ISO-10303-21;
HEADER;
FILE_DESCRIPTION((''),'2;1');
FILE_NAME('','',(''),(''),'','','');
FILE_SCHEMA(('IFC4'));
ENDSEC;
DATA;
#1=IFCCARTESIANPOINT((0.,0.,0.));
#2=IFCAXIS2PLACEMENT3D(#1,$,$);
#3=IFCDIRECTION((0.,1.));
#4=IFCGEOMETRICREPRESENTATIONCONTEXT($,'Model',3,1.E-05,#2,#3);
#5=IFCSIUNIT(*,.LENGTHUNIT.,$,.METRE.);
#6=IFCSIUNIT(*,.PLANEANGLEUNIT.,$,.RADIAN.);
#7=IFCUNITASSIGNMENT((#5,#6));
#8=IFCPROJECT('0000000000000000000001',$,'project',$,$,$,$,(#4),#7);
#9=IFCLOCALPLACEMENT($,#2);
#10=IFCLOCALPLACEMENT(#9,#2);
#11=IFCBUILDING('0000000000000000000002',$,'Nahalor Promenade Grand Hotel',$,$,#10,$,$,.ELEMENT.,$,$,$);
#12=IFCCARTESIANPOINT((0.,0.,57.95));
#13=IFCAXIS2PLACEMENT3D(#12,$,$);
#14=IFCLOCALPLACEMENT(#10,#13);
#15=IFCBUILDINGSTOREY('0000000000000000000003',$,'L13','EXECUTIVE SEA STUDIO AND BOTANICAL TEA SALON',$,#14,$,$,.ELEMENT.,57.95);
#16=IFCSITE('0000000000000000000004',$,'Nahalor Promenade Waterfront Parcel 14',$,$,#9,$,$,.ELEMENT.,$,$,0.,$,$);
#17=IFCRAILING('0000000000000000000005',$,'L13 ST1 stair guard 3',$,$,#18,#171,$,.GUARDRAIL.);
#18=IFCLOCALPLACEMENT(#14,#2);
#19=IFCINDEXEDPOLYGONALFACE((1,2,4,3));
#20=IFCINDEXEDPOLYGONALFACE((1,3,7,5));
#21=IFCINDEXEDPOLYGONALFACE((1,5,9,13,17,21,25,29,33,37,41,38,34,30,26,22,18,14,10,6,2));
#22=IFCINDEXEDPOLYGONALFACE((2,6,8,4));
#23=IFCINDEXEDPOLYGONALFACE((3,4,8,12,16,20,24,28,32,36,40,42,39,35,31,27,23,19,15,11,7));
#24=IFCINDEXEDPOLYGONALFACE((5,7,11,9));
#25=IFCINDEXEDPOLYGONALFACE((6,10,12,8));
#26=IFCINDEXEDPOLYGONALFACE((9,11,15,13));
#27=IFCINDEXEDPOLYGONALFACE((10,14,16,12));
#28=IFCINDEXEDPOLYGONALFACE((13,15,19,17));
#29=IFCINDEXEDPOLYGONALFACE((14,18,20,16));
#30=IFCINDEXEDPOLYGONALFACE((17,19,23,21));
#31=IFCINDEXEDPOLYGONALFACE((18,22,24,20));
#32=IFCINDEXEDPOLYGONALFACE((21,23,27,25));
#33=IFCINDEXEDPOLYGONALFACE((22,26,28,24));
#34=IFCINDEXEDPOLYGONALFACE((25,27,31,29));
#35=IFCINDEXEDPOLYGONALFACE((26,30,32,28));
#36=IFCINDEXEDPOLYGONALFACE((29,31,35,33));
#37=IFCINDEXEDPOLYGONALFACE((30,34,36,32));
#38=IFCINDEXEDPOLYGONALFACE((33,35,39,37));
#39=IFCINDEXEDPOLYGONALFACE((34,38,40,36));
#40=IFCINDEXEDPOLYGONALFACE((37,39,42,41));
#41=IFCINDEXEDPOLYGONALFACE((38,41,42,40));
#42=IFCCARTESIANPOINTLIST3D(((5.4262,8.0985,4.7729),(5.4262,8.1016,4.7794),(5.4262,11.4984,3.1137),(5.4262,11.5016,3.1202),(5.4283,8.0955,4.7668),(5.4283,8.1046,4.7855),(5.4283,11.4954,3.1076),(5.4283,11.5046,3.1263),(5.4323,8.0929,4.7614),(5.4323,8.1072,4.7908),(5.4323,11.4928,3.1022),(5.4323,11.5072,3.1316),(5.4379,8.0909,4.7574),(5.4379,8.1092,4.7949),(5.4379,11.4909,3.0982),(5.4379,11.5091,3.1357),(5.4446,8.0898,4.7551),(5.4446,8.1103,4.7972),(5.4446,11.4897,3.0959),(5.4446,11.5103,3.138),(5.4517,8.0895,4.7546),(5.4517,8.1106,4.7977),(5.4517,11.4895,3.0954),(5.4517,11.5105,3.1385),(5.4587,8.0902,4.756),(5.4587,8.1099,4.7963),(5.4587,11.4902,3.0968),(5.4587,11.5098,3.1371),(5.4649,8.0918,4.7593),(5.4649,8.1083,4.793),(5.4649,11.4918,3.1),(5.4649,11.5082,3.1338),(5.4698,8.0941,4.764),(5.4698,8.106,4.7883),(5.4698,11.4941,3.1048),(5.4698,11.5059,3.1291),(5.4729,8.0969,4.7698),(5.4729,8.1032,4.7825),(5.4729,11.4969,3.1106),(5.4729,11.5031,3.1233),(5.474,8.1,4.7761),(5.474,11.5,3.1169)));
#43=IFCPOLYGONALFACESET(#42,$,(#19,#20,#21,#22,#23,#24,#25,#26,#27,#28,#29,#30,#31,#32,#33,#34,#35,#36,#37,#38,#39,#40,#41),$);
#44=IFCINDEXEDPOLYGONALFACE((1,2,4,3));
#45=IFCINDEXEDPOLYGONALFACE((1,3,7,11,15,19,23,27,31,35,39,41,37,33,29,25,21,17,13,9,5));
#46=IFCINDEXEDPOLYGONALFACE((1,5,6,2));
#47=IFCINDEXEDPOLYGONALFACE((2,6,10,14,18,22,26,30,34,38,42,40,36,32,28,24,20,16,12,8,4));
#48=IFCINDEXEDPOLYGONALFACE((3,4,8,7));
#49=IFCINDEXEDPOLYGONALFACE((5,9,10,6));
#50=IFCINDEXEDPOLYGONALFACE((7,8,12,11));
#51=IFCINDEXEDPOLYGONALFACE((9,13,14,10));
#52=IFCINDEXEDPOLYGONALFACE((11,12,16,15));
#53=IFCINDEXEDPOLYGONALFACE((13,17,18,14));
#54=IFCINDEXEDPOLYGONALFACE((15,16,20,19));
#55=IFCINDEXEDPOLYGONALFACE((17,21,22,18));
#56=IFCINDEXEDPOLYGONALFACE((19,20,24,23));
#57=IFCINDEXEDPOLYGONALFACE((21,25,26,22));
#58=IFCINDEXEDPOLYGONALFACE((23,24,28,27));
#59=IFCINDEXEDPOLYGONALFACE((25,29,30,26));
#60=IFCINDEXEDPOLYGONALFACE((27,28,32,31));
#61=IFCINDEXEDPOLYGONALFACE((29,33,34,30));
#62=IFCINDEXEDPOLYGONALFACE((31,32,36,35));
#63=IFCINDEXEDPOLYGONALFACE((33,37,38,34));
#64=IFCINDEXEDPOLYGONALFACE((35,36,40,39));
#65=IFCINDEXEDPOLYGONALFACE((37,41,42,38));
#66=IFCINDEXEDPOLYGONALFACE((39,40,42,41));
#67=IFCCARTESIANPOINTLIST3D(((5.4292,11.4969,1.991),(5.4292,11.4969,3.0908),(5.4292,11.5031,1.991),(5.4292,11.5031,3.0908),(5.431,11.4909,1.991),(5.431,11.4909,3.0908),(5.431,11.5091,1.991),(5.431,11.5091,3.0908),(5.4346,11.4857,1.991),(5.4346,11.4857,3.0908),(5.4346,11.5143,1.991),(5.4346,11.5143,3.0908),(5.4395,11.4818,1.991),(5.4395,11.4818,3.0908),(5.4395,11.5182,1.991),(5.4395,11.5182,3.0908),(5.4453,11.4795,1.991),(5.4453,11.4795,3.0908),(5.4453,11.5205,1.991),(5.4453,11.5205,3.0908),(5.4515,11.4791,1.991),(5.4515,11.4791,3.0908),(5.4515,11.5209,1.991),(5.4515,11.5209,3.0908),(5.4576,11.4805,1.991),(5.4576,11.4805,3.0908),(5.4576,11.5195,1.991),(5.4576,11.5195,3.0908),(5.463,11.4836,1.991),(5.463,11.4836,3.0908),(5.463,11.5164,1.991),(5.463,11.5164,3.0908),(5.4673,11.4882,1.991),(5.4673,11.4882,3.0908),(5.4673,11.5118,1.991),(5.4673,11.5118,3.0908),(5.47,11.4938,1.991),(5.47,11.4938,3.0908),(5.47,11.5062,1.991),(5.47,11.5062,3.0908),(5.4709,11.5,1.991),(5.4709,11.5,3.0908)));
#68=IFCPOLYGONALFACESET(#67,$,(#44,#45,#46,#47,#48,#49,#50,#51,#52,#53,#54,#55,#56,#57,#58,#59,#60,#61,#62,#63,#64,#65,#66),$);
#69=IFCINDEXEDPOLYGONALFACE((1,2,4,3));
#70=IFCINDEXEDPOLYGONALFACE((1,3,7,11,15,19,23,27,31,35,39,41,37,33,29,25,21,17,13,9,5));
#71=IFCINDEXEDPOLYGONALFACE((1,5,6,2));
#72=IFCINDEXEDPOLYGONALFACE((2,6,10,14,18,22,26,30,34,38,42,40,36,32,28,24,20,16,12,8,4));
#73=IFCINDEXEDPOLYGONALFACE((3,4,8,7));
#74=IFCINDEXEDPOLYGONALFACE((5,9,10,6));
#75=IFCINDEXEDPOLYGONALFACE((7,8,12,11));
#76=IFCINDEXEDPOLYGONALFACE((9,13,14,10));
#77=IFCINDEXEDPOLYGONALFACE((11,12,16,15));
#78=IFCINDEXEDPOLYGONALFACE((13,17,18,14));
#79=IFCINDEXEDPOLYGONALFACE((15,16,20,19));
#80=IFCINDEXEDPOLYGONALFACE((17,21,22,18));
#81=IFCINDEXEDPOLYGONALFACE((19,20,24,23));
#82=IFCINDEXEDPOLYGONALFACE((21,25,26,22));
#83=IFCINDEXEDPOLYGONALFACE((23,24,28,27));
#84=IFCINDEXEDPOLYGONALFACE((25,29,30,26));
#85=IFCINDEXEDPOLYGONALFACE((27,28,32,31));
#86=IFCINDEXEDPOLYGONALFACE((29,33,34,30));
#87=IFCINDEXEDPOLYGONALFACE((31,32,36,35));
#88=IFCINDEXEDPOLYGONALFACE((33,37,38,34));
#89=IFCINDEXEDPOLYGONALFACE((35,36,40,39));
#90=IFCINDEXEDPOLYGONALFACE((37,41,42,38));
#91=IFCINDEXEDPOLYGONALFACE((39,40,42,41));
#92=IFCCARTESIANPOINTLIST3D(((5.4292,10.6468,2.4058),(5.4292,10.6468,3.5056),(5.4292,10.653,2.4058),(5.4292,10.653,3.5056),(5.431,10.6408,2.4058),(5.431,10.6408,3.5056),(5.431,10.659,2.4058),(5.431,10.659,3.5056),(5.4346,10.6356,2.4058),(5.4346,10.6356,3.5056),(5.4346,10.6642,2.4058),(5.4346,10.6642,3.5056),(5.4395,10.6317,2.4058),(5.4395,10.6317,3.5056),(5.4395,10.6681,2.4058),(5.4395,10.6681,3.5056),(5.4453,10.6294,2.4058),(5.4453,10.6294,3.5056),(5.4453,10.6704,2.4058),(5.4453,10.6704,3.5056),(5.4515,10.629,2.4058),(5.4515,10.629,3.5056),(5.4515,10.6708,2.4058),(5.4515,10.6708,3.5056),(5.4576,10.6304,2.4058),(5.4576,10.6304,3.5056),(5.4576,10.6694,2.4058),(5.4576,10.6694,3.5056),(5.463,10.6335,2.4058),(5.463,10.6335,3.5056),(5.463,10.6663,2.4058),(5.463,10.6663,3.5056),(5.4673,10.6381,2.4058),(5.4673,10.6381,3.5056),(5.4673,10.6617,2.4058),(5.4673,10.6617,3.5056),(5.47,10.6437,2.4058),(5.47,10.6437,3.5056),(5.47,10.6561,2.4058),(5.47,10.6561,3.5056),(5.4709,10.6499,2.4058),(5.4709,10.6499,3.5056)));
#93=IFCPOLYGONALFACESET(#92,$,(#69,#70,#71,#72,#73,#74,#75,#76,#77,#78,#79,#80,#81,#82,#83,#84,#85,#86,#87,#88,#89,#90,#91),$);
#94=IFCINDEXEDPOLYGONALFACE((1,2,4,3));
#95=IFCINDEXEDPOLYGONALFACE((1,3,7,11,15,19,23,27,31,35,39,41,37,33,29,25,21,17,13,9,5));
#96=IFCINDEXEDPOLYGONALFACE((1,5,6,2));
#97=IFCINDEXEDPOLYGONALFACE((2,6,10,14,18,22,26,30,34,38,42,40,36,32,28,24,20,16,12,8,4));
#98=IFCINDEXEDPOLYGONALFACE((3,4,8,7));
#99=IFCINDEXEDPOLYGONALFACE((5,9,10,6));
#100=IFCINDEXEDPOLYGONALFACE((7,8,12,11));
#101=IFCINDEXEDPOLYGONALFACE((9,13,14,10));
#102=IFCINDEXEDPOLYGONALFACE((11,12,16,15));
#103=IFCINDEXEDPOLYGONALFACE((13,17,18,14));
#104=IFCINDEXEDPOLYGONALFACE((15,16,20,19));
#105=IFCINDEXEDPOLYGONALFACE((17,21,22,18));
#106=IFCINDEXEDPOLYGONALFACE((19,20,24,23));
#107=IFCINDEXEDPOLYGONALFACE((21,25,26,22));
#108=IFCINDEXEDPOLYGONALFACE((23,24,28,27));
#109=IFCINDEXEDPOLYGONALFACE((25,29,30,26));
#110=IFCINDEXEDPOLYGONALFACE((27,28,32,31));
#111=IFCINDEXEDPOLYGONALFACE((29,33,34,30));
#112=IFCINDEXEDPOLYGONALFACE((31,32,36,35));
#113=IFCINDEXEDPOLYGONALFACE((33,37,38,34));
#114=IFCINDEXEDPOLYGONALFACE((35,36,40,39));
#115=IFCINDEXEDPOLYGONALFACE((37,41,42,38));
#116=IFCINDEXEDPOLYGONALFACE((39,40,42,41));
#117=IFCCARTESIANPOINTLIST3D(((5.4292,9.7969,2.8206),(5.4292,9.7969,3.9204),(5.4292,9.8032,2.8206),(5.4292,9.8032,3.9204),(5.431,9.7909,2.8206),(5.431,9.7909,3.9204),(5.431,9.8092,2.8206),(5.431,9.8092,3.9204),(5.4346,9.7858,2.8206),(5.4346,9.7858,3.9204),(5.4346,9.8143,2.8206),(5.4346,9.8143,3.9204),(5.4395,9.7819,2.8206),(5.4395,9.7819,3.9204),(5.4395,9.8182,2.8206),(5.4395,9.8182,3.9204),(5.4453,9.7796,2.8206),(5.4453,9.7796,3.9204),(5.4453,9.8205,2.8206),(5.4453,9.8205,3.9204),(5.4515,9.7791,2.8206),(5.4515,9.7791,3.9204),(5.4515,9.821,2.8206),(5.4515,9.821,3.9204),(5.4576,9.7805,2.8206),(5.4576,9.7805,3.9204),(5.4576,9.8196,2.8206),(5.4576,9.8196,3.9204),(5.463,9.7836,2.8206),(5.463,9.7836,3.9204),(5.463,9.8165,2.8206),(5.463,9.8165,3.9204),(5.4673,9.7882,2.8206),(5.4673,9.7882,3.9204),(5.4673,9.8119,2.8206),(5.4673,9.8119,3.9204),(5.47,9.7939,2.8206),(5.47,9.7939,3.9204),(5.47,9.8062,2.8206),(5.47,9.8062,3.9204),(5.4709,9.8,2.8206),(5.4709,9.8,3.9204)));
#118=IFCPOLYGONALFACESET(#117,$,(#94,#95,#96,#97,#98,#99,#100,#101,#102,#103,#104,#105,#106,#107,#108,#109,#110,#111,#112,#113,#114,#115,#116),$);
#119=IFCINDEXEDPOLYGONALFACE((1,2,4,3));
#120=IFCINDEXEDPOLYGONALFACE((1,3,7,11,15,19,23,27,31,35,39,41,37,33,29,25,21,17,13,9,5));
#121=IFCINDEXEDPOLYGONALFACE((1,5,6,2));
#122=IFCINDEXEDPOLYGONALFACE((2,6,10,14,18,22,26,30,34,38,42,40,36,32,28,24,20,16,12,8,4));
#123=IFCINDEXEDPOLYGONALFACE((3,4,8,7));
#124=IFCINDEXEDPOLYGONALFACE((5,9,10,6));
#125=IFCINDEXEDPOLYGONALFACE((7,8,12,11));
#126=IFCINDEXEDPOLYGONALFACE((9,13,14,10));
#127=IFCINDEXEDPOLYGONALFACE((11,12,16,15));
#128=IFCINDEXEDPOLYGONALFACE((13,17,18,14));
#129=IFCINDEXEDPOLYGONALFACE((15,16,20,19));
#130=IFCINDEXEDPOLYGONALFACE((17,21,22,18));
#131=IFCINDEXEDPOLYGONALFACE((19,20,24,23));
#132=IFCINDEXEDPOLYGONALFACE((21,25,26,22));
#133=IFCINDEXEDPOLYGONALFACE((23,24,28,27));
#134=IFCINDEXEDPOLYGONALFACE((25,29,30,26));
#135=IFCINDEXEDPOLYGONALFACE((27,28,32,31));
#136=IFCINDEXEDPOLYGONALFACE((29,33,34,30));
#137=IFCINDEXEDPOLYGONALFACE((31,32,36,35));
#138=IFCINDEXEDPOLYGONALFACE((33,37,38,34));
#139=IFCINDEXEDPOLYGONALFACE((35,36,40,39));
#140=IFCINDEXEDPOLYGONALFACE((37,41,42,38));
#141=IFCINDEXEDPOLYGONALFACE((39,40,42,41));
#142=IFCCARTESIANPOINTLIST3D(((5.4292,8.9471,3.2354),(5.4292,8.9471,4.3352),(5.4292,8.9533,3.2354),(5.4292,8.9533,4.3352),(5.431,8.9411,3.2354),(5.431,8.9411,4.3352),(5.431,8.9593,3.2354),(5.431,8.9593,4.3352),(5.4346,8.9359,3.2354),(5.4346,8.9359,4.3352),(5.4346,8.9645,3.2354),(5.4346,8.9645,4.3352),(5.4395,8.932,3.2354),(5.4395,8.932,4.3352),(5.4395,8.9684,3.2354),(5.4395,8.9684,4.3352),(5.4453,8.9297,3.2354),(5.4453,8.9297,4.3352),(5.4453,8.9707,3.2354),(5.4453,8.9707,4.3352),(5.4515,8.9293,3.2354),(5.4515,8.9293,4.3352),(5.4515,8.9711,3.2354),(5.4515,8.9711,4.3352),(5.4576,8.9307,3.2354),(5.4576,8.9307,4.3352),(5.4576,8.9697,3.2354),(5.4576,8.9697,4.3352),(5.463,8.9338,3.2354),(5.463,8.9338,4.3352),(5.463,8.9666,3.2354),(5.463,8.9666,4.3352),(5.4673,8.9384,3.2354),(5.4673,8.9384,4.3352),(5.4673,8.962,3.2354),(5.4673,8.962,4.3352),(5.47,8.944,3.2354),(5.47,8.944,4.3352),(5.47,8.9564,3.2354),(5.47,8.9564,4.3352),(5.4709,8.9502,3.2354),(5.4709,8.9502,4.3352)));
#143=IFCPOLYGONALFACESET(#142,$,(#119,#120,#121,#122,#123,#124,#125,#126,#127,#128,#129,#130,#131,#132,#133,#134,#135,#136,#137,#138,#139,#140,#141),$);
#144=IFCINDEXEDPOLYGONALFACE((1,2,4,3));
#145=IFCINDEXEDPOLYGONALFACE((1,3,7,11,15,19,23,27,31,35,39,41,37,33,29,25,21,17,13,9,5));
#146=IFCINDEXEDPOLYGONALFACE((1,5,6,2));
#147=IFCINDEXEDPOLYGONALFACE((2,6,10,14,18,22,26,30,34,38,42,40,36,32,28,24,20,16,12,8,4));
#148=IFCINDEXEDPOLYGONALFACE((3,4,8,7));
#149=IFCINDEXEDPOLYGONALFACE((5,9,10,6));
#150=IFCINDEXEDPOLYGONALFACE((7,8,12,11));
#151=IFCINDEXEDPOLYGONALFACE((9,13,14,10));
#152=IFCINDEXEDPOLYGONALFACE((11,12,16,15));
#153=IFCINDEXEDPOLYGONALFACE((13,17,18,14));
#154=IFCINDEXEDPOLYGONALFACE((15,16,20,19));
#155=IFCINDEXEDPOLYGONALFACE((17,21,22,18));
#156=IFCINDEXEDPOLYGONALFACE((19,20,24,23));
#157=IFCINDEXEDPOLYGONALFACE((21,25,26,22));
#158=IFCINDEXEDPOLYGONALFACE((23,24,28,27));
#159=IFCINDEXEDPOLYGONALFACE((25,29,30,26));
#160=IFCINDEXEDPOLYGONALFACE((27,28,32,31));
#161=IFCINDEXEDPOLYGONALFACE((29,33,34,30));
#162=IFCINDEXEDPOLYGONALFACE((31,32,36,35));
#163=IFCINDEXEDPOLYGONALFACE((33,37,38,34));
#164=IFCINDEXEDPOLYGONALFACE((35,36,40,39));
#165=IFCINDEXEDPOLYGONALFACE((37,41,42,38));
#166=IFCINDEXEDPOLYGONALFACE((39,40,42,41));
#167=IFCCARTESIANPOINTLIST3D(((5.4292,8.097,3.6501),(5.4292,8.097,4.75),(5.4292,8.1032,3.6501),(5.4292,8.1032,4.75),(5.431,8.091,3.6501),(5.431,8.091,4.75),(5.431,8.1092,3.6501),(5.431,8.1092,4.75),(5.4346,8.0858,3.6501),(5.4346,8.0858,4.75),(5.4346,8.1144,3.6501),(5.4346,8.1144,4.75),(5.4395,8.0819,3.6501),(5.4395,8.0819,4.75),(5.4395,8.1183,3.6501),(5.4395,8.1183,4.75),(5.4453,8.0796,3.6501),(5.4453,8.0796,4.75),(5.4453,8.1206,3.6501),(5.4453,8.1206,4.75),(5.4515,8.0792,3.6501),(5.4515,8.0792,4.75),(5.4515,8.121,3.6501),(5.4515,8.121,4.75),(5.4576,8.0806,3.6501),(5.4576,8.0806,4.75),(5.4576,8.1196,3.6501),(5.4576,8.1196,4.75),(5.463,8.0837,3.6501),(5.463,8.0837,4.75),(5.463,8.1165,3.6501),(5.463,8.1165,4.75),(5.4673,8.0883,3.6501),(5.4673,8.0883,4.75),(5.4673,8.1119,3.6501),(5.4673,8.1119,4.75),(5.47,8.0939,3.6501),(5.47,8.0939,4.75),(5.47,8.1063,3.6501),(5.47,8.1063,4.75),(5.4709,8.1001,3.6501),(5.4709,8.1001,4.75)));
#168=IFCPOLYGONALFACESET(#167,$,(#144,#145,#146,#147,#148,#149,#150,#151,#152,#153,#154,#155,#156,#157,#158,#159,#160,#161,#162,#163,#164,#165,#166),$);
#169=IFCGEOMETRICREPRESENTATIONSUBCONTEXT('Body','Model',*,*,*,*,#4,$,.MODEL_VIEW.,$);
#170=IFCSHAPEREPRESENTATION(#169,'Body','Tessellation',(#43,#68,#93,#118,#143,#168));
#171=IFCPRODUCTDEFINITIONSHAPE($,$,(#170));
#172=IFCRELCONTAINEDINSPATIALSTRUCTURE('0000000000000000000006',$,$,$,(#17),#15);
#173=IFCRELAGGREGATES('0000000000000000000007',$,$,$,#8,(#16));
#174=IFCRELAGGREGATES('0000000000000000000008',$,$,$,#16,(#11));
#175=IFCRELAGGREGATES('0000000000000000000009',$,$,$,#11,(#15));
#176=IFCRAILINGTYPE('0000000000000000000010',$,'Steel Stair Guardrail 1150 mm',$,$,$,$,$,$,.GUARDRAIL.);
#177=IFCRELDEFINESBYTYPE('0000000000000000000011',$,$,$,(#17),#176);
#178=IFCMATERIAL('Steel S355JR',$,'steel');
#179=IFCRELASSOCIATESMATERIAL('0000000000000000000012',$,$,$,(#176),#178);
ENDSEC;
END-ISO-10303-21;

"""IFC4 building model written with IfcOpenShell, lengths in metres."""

from ifc_helpers import new_model, si_unit, direction, frame, origin, origin_2d, place, context, subcontext, project, spatial, circle, extrude, material, type_object, element, save


model = new_model("IFC4")

# Units and contexts
model_context = context("Model", 3, precision=1e-05, world=origin(), true_north=direction((0.0, 1.0)))
body_context = subcontext(model_context, "Body", "Model", "MODEL_VIEW")
ifc_project = project(units=[si_unit("LENGTHUNIT", "METRE"), si_unit("PLANEANGLEUNIT", "RADIAN")], contexts=[model_context])

# Site, building, storey
site_placement = place(None, origin())
site = spatial("IfcSite", under=ifc_project, at=site_placement, Name="Nahalor Promenade Waterfront Parcel 14", CompositionType="ELEMENT", RefElevation=0.0)
building_placement = place(site_placement, origin())
building = spatial("IfcBuilding", under=site, at=building_placement, Name="Nahalor Promenade Grand Hotel", CompositionType="ELEMENT")
storey_placement = place(building_placement, frame((0.0, 0.0, 57.95)))
storey = spatial("IfcBuildingStorey", under=building, at=storey_placement, Name="L13", Description="EXECUTIVE SEA STUDIO AND BOTANICAL TEA SALON", CompositionType="ELEMENT", Elevation=57.95)

# Shared definitions
ifc_material_1 = material(Name="Steel S355JR", Category="steel")

# Railing
railing_type = type_object("IfcRailingType", Name="Steel Stair Guardrail 1150 mm", PredefinedType="GUARDRAIL", material=ifc_material_1)
railing_1_placement = place(storey_placement, frame((5.45, 11.5, 1.991)))
element("IfcRailing", 1, at=railing_1_placement, inside=storey, type_object=railing_type, Name="L13 ST1 stair guard 3", PredefinedType="GUARDRAIL", context=body_context, shape_type="SweptSolid", body=[
    extrude(circle(Radius=0.024, at=origin_2d()), frame((0.0, 0.0, 1.126), z_axis=(0.0, -0.898696, 0.438571), x_axis=(1.0, 0.0, 0.0)), (0.0, 0.0, 1.0), 3.7832),
    extrude(circle(Radius=0.021, at=origin_2d()), origin(), (0.0, 0.0, 1.0), 1.0999),
    extrude(circle(Radius=0.021, at=origin_2d()), frame((0.0, -0.8501, 0.4148)), (0.0, 0.0, 1.0), 1.0999),
    extrude(circle(Radius=0.021, at=origin_2d()), frame((0.0, -1.7, 0.8296)), (0.0, 0.0, 1.0), 1.0999),
    extrude(circle(Radius=0.021, at=origin_2d()), frame((0.0, -2.5498, 1.2444)), (0.0, 0.0, 1.0), 1.0999),
    extrude(circle(Radius=0.021, at=origin_2d()), frame((0.0, -3.3999, 1.6592)), (0.0, 0.0, 1.0), 1.0999),
])

save(model, "model.ifc")
